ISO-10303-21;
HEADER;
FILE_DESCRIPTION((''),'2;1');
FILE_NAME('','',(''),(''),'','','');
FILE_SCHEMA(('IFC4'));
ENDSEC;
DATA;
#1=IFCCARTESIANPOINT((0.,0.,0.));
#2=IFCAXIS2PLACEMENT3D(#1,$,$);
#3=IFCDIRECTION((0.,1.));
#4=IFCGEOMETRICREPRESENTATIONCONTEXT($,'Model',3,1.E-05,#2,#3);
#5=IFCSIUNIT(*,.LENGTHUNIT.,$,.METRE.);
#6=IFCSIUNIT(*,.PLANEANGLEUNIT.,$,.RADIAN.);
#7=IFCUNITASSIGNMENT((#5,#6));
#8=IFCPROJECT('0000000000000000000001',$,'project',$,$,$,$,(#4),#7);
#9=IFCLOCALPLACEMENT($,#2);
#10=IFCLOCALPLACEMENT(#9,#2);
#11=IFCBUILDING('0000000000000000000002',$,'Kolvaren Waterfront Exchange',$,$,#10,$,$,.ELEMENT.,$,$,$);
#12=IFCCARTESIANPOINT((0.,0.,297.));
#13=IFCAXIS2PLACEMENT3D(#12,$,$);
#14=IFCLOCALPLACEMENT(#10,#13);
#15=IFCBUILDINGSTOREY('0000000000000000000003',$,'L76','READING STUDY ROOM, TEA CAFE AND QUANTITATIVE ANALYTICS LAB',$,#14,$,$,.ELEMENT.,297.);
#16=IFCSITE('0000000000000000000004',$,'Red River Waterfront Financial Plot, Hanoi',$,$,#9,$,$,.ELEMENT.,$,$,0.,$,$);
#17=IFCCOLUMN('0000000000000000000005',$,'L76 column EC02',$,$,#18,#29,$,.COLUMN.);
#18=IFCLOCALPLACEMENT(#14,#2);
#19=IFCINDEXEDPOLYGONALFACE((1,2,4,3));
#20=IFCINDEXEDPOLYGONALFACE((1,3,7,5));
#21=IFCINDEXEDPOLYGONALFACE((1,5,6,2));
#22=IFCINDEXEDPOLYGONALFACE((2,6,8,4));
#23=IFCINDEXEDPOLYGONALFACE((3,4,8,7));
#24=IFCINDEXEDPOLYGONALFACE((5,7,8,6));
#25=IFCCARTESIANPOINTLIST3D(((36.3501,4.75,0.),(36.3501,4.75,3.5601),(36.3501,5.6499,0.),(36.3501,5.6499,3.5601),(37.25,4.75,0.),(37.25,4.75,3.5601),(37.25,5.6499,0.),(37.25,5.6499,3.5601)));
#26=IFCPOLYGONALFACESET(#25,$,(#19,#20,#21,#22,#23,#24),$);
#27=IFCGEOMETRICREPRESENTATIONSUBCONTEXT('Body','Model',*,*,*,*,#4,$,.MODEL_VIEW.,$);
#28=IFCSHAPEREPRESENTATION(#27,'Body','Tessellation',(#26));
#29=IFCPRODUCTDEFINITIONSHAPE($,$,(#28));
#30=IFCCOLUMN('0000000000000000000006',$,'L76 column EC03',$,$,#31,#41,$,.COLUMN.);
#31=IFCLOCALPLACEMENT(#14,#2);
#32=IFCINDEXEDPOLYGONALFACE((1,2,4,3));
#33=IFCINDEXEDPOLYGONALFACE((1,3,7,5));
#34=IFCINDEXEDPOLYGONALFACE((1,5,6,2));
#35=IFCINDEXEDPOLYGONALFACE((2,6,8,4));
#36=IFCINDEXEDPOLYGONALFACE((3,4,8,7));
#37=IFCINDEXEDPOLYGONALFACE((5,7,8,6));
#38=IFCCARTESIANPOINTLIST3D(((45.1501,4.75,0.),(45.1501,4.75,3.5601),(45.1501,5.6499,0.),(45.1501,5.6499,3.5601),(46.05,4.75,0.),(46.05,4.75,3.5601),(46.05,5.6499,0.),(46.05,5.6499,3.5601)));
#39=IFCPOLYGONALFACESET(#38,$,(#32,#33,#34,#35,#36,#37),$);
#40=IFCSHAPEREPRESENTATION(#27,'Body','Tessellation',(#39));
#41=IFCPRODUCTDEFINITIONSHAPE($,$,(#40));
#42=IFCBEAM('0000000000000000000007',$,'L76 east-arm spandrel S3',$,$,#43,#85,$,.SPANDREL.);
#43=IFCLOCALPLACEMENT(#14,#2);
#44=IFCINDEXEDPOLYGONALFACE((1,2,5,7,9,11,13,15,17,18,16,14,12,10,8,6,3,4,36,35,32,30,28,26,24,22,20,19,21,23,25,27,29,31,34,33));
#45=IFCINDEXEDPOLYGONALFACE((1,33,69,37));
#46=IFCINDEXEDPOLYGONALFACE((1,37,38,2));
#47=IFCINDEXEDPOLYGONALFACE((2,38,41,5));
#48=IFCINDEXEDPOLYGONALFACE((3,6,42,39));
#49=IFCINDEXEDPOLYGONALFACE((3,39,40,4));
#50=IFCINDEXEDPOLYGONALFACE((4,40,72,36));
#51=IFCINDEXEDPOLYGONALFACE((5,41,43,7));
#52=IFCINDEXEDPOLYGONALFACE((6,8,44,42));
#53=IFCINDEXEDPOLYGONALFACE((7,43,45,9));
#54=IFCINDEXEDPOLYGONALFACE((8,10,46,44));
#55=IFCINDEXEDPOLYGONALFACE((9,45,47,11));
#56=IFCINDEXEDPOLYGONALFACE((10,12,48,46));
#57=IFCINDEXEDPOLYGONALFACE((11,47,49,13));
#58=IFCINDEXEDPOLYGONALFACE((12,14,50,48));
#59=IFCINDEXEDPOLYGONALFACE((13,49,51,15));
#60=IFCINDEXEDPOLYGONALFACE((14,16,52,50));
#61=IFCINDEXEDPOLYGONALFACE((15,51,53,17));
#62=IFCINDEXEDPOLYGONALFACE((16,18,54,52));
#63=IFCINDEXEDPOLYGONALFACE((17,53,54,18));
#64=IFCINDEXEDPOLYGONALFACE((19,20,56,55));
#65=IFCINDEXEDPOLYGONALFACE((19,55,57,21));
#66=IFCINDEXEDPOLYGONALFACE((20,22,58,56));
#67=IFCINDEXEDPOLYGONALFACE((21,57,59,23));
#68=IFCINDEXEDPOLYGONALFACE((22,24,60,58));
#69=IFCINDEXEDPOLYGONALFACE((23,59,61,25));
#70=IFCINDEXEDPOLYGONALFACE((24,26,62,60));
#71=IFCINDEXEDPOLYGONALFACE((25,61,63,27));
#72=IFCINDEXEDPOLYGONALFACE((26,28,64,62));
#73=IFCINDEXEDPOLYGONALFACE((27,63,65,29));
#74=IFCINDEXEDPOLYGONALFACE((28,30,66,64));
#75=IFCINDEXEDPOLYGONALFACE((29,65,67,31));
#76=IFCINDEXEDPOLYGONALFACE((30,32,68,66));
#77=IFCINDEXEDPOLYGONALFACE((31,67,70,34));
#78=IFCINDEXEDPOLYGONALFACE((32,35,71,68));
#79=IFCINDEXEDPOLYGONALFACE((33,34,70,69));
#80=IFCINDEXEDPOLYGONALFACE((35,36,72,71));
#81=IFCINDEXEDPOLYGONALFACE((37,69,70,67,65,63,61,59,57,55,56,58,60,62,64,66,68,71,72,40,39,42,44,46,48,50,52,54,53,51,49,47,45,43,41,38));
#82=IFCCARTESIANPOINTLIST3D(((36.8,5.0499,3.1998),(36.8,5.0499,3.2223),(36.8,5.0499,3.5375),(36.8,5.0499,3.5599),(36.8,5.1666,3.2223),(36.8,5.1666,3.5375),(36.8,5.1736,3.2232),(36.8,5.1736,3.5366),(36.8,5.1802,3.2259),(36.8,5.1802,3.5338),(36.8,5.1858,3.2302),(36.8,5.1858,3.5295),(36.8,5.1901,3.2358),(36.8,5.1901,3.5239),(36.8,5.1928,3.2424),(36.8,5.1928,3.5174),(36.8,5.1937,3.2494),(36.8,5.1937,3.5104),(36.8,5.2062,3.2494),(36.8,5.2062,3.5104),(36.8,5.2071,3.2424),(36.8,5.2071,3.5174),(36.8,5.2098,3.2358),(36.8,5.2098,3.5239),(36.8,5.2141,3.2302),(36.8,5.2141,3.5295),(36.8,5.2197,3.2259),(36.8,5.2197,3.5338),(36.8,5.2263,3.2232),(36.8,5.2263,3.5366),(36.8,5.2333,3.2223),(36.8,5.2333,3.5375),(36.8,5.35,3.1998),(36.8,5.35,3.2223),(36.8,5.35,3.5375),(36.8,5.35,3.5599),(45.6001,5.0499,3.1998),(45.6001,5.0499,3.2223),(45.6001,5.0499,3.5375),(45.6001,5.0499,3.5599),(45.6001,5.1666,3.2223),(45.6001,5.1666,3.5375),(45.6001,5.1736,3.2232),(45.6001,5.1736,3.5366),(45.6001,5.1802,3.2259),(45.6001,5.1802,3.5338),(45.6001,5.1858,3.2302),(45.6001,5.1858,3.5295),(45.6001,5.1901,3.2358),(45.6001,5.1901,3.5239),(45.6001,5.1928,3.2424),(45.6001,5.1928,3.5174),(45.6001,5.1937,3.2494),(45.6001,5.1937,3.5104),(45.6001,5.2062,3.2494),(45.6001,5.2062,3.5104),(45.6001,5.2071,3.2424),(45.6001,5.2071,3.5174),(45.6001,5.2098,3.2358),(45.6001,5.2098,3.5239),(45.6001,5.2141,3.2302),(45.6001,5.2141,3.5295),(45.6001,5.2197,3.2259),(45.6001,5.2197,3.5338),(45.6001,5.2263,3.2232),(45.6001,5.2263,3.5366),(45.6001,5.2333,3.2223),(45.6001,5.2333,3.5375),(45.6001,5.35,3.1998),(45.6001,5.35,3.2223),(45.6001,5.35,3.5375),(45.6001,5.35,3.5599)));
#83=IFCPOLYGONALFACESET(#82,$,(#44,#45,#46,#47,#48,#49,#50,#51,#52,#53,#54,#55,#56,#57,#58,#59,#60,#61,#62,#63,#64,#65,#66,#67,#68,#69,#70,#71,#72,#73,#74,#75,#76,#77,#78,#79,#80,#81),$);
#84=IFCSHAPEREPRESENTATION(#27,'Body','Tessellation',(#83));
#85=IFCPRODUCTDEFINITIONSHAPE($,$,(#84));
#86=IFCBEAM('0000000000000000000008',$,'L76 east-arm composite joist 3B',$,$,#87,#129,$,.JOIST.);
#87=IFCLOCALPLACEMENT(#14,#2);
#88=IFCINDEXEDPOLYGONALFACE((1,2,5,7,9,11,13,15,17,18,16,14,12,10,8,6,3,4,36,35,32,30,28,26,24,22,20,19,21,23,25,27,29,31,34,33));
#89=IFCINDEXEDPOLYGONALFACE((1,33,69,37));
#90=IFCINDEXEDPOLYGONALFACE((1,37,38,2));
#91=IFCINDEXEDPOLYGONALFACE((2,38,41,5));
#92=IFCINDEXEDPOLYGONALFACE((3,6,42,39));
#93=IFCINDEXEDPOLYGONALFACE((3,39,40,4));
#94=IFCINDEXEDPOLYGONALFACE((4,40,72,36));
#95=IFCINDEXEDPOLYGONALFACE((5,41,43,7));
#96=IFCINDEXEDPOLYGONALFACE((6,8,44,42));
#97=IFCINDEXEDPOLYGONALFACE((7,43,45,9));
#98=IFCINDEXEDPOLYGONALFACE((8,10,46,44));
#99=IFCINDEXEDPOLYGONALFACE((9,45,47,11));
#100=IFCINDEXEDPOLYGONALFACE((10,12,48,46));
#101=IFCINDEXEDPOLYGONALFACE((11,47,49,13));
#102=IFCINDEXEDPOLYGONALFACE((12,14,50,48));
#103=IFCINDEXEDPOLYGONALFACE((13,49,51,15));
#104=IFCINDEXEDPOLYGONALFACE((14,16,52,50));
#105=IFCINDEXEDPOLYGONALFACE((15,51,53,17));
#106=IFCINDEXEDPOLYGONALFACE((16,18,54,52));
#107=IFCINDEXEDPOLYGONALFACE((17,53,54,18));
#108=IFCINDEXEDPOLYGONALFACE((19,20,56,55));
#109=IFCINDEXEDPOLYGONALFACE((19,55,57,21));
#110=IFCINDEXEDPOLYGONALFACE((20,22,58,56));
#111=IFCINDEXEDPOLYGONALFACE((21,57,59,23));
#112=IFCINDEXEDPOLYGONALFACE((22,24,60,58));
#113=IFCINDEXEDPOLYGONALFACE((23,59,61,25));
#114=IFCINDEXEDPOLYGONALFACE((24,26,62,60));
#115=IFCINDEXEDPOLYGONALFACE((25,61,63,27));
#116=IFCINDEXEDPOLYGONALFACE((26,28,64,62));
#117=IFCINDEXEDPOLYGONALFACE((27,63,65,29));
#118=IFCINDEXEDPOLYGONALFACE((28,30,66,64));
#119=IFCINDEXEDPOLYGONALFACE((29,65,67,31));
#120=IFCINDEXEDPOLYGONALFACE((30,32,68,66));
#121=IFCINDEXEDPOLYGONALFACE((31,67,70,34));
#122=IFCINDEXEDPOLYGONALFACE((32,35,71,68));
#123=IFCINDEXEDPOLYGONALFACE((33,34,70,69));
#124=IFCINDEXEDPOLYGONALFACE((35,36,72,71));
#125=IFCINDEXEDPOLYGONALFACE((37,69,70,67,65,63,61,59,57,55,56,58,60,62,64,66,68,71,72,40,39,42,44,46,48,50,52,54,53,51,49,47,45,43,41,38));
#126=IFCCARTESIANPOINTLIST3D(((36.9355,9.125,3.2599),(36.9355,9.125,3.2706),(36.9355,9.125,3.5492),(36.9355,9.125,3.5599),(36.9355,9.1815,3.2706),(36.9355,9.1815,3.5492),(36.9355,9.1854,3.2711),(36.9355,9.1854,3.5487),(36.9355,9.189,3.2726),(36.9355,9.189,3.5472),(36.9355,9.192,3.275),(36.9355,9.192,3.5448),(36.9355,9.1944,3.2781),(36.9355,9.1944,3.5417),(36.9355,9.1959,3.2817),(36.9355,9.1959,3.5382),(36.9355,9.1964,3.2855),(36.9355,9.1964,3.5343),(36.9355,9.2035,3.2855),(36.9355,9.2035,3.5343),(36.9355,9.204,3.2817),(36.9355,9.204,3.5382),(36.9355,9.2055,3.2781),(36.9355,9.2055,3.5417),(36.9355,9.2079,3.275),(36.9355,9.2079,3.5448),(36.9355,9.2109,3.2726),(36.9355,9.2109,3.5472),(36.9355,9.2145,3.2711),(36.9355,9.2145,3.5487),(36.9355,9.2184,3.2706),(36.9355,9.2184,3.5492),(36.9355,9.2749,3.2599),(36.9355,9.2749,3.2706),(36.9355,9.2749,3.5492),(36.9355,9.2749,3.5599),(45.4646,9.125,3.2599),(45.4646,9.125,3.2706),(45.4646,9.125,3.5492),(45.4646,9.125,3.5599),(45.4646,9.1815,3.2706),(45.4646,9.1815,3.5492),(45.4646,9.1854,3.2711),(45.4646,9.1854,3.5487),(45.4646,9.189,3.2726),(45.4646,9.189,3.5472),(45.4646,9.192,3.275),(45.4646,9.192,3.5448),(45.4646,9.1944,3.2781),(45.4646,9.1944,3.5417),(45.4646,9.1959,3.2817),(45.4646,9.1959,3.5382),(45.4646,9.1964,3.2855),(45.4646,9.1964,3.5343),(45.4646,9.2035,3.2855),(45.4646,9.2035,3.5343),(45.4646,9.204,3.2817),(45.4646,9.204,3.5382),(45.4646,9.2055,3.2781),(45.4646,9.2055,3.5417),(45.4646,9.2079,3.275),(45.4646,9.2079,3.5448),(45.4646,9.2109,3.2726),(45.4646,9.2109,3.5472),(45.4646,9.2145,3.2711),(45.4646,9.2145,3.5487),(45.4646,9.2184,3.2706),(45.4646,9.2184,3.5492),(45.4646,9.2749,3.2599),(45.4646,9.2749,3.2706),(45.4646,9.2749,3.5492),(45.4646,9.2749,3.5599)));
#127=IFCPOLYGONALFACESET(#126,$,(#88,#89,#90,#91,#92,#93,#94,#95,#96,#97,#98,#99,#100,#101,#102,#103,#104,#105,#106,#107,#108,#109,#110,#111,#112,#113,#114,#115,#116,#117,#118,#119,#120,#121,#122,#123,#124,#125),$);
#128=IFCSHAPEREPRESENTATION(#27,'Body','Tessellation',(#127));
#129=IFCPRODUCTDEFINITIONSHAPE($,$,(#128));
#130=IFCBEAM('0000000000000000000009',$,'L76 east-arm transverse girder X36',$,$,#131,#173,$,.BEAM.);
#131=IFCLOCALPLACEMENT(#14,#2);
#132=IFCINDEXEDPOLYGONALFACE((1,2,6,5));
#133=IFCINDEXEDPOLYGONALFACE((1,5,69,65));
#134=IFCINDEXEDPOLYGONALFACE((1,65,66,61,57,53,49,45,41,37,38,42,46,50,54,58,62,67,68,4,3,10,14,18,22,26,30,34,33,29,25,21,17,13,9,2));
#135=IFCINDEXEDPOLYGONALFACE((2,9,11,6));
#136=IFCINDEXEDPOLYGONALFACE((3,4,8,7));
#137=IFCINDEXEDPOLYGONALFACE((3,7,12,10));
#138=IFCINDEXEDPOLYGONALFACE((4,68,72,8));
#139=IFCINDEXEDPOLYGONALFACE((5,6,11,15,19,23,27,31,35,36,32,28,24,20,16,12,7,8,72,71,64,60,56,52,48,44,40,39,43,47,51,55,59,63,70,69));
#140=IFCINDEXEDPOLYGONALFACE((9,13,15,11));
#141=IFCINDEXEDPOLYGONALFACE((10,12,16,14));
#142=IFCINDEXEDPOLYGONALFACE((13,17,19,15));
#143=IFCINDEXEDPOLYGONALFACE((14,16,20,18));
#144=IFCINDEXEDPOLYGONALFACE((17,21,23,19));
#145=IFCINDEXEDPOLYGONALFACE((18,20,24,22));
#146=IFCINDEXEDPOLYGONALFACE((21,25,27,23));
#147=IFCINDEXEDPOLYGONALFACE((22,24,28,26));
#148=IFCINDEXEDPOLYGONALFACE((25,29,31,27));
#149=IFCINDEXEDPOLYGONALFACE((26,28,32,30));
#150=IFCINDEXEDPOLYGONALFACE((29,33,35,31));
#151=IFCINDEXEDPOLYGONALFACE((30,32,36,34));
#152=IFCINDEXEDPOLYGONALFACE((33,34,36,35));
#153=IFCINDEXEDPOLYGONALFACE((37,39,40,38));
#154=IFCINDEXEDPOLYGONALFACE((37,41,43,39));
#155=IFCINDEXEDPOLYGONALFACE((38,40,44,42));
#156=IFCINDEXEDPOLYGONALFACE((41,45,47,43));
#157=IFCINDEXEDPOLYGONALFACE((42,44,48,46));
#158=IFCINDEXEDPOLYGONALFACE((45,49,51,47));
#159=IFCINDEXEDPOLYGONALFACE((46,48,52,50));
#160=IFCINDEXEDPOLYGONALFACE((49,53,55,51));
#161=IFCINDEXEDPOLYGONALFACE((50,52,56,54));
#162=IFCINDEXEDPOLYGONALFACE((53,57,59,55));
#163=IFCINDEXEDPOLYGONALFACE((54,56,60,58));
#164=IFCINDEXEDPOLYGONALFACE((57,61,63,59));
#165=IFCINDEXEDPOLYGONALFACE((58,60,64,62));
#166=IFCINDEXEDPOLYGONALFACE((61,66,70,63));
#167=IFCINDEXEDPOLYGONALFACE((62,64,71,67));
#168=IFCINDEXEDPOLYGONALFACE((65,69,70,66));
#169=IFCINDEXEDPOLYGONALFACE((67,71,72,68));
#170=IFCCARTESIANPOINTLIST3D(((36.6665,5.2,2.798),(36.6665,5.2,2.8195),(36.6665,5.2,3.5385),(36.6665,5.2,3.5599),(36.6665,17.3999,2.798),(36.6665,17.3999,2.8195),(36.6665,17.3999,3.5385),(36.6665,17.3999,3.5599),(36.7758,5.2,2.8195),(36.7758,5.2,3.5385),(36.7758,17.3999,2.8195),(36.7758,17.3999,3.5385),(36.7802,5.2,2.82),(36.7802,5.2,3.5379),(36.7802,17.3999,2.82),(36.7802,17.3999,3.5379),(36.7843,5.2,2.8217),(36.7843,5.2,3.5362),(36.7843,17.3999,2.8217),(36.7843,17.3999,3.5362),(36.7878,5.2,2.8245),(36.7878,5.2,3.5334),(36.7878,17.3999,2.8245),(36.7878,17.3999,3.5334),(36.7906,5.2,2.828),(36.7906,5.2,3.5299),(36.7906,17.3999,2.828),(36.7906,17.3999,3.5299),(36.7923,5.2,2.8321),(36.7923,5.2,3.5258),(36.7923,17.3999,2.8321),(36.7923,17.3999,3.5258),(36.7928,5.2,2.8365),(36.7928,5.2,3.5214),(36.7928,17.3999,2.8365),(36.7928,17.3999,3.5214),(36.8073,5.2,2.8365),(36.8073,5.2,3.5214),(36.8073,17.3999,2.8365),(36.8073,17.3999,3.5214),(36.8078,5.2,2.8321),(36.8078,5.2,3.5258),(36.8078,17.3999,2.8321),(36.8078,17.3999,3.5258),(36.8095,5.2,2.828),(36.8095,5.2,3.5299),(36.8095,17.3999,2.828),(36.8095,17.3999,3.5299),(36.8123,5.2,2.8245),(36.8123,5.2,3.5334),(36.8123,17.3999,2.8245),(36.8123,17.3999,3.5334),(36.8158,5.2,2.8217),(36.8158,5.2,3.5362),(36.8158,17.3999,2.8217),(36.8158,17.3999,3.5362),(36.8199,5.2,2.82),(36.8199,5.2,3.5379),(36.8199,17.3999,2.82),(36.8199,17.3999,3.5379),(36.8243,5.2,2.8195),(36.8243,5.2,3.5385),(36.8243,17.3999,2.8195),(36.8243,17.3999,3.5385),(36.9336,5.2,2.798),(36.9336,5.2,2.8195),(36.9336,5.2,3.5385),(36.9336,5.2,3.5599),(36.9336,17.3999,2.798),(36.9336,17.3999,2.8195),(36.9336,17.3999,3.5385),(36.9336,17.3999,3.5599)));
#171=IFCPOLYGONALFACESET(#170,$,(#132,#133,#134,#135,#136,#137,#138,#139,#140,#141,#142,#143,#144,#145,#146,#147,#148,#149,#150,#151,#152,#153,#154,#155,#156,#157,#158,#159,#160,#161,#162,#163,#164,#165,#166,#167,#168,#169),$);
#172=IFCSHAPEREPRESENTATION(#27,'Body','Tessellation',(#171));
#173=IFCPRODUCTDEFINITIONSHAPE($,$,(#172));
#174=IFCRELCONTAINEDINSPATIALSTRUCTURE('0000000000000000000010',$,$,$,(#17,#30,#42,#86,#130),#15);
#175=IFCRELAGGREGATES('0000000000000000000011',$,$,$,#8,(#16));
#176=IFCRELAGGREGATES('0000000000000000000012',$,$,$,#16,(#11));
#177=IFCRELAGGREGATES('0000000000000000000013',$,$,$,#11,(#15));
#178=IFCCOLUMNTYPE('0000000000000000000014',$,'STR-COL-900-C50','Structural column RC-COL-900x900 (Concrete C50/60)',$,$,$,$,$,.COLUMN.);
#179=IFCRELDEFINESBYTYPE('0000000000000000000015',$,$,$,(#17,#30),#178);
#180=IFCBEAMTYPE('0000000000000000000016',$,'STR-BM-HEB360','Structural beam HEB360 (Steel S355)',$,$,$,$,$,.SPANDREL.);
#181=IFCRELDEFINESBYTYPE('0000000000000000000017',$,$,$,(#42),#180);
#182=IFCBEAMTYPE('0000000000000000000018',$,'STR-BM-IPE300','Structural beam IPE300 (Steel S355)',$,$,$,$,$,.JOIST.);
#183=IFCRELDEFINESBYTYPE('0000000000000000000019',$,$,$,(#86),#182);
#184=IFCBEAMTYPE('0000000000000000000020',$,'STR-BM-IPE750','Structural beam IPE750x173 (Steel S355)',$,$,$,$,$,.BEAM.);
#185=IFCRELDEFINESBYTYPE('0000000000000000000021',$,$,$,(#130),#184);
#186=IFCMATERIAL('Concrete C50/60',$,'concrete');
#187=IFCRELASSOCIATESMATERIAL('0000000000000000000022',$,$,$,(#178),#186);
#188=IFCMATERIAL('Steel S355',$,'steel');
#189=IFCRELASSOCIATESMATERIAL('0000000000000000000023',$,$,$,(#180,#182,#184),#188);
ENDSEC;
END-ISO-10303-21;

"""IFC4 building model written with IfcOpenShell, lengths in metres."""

from ifc_helpers import new_model, si_unit, direction, frame, origin, origin_2d, place, context, subcontext, project, spatial, rectangle, i_section, extrude, material, material_profile, profile_set, type_object, element, save


model = new_model("IFC4")

# Units and contexts
model_context = context("Model", 3, precision=1e-05, world=origin(), true_north=direction((0.0, 1.0)))
body_context = subcontext(model_context, "Body", "Model", "MODEL_VIEW")
ifc_project = project(units=[si_unit("LENGTHUNIT", "METRE"), si_unit("PLANEANGLEUNIT", "RADIAN")], contexts=[model_context])

# Site, building, storey
site_placement = place(None, origin())
site = spatial("IfcSite", under=ifc_project, at=site_placement, Name="Red River Waterfront Financial Plot, Hanoi", CompositionType="ELEMENT", RefElevation=0.0)
building_placement = place(site_placement, origin())
building = spatial("IfcBuilding", under=site, at=building_placement, Name="Kolvaren Waterfront Exchange", CompositionType="ELEMENT")
storey_placement = place(building_placement, frame((0.0, 0.0, 297.0)))
storey = spatial("IfcBuildingStorey", under=building, at=storey_placement, Name="L76", Description="READING STUDY ROOM, TEA CAFE AND QUANTITATIVE ANALYTICS LAB", CompositionType="ELEMENT", Elevation=297.0)

# Columns
ifc_material_1 = material(Name="Concrete C50/60", Category="concrete")
ifc_material_profile_1 = material_profile(ifc_material_1, rectangle(XDim=0.8999, YDim=0.8999, at=origin_2d()), Name="RC-COL-900x900")
ifc_profile_set_1 = profile_set([ifc_material_profile_1], Name="Concrete C50/60")
column_type = type_object("IfcColumnType", Name="STR-COL-900-C50", Description="Structural column RC-COL-900x900 (Concrete C50/60)", PredefinedType="COLUMN", material=ifc_profile_set_1)
for number, where, z_axis, x_axis, name in (
    (1, (36.8, 5.2, 0.0), (0.0, 0.0, 1.0), (1.0, 0.0, 0.0), "L76 column EC02"),
    (2, (45.6001, 5.2, 0.0), (0.0, 0.0, 1.0), (1.0, 0.0, 0.0), "L76 column EC03"),
):
    element("IfcColumn", number, at=place(storey_placement, frame(where, z_axis=z_axis, x_axis=x_axis)), inside=storey, type_object=column_type, Name=name, PredefinedType="COLUMN", context=body_context, shape_type="SweptSolid", body=[
        extrude(rectangle(XDim=0.8999, YDim=0.8999, at=origin_2d()), origin(), (0.0, 0.0, 1.0), 3.5601),
    ])

# Beams
ifc_material_2 = material(Name="Steel S355", Category="steel")
ifc_material_profile_2 = material_profile(ifc_material_2, i_section(OverallWidth=0.3, OverallDepth=0.3601, WebThickness=0.0125, FlangeThickness=0.0225, FilletRadius=0.0271, at=origin_2d()), Name="HEB360")
ifc_profile_set_2 = profile_set([ifc_material_profile_2], Name="Steel S355")
beam_type_1 = type_object("IfcBeamType", Name="STR-BM-HEB360", Description="Structural beam HEB360 (Steel S355)", PredefinedType="SPANDREL", material=ifc_profile_set_2)
beam_1_placement = place(storey_placement, frame((36.8, 5.2, 3.3799), z_axis=(1.0, 0.0, 0.0), x_axis=(0.0, 1.0, 0.0)))
element("IfcBeam", 3, at=beam_1_placement, inside=storey, type_object=beam_type_1, Name="L76 east-arm spandrel S3", PredefinedType="SPANDREL", context=body_context, shape_type="SweptSolid", body=[
    extrude(i_section(OverallWidth=0.3, OverallDepth=0.3601, WebThickness=0.0125, FlangeThickness=0.0225, FilletRadius=0.0271, at=origin_2d()), origin(), (0.0, 0.0, 1.0), 8.8),
])
ifc_material_profile_3 = material_profile(ifc_material_2, i_section(OverallWidth=0.1499, OverallDepth=0.3, WebThickness=0.0071, FlangeThickness=0.0107, FilletRadius=0.0149, at=origin_2d()), Name="IPE300")
ifc_profile_set_3 = profile_set([ifc_material_profile_3], Name="Steel S355")
beam_type_2 = type_object("IfcBeamType", Name="STR-BM-IPE300", Description="Structural beam IPE300 (Steel S355)", PredefinedType="JOIST", material=ifc_profile_set_3)
beam_2_placement = place(storey_placement, frame((36.9355, 9.2, 3.4099), z_axis=(1.0, 0.0, 0.0), x_axis=(0.0, 1.0, 0.0)))
element("IfcBeam", 4, at=beam_2_placement, inside=storey, type_object=beam_type_2, Name="L76 east-arm composite joist 3B", PredefinedType="JOIST", context=body_context, shape_type="SweptSolid", body=[
    extrude(i_section(OverallWidth=0.1499, OverallDepth=0.3, WebThickness=0.0071, FlangeThickness=0.0107, FilletRadius=0.0149, at=origin_2d()), origin(), (0.0, 0.0, 1.0), 8.5291),
])
ifc_material_profile_4 = material_profile(ifc_material_2, i_section(OverallWidth=0.2671, OverallDepth=0.762, WebThickness=0.0144, FlangeThickness=0.0215, FilletRadius=0.0171, at=origin_2d()), Name="IPE750x173")
ifc_profile_set_4 = profile_set([ifc_material_profile_4], Name="Steel S355")
beam_type_3 = type_object("IfcBeamType", Name="STR-BM-IPE750", Description="Structural beam IPE750x173 (Steel S355)", PredefinedType="BEAM", material=ifc_profile_set_4)
for number, where, z_axis, x_axis, name in (
    (5, (36.8, 5.2, 3.179), (0.0, 1.0, 0.0), (-1.0, 0.0, 0.0), "L76 east-arm transverse girder X36"),
):
    element("IfcBeam", number, at=place(storey_placement, frame(where, z_axis=z_axis, x_axis=x_axis)), inside=storey, type_object=beam_type_3, Name=name, PredefinedType="BEAM", context=body_context, shape_type="SweptSolid", body=[
        extrude(i_section(OverallWidth=0.2671, OverallDepth=0.762, WebThickness=0.0144, FlangeThickness=0.0215, FilletRadius=0.0171, at=origin_2d()), origin(), (0.0, 0.0, 1.0), 12.2),
    ])

save(model, "model.ifc")
